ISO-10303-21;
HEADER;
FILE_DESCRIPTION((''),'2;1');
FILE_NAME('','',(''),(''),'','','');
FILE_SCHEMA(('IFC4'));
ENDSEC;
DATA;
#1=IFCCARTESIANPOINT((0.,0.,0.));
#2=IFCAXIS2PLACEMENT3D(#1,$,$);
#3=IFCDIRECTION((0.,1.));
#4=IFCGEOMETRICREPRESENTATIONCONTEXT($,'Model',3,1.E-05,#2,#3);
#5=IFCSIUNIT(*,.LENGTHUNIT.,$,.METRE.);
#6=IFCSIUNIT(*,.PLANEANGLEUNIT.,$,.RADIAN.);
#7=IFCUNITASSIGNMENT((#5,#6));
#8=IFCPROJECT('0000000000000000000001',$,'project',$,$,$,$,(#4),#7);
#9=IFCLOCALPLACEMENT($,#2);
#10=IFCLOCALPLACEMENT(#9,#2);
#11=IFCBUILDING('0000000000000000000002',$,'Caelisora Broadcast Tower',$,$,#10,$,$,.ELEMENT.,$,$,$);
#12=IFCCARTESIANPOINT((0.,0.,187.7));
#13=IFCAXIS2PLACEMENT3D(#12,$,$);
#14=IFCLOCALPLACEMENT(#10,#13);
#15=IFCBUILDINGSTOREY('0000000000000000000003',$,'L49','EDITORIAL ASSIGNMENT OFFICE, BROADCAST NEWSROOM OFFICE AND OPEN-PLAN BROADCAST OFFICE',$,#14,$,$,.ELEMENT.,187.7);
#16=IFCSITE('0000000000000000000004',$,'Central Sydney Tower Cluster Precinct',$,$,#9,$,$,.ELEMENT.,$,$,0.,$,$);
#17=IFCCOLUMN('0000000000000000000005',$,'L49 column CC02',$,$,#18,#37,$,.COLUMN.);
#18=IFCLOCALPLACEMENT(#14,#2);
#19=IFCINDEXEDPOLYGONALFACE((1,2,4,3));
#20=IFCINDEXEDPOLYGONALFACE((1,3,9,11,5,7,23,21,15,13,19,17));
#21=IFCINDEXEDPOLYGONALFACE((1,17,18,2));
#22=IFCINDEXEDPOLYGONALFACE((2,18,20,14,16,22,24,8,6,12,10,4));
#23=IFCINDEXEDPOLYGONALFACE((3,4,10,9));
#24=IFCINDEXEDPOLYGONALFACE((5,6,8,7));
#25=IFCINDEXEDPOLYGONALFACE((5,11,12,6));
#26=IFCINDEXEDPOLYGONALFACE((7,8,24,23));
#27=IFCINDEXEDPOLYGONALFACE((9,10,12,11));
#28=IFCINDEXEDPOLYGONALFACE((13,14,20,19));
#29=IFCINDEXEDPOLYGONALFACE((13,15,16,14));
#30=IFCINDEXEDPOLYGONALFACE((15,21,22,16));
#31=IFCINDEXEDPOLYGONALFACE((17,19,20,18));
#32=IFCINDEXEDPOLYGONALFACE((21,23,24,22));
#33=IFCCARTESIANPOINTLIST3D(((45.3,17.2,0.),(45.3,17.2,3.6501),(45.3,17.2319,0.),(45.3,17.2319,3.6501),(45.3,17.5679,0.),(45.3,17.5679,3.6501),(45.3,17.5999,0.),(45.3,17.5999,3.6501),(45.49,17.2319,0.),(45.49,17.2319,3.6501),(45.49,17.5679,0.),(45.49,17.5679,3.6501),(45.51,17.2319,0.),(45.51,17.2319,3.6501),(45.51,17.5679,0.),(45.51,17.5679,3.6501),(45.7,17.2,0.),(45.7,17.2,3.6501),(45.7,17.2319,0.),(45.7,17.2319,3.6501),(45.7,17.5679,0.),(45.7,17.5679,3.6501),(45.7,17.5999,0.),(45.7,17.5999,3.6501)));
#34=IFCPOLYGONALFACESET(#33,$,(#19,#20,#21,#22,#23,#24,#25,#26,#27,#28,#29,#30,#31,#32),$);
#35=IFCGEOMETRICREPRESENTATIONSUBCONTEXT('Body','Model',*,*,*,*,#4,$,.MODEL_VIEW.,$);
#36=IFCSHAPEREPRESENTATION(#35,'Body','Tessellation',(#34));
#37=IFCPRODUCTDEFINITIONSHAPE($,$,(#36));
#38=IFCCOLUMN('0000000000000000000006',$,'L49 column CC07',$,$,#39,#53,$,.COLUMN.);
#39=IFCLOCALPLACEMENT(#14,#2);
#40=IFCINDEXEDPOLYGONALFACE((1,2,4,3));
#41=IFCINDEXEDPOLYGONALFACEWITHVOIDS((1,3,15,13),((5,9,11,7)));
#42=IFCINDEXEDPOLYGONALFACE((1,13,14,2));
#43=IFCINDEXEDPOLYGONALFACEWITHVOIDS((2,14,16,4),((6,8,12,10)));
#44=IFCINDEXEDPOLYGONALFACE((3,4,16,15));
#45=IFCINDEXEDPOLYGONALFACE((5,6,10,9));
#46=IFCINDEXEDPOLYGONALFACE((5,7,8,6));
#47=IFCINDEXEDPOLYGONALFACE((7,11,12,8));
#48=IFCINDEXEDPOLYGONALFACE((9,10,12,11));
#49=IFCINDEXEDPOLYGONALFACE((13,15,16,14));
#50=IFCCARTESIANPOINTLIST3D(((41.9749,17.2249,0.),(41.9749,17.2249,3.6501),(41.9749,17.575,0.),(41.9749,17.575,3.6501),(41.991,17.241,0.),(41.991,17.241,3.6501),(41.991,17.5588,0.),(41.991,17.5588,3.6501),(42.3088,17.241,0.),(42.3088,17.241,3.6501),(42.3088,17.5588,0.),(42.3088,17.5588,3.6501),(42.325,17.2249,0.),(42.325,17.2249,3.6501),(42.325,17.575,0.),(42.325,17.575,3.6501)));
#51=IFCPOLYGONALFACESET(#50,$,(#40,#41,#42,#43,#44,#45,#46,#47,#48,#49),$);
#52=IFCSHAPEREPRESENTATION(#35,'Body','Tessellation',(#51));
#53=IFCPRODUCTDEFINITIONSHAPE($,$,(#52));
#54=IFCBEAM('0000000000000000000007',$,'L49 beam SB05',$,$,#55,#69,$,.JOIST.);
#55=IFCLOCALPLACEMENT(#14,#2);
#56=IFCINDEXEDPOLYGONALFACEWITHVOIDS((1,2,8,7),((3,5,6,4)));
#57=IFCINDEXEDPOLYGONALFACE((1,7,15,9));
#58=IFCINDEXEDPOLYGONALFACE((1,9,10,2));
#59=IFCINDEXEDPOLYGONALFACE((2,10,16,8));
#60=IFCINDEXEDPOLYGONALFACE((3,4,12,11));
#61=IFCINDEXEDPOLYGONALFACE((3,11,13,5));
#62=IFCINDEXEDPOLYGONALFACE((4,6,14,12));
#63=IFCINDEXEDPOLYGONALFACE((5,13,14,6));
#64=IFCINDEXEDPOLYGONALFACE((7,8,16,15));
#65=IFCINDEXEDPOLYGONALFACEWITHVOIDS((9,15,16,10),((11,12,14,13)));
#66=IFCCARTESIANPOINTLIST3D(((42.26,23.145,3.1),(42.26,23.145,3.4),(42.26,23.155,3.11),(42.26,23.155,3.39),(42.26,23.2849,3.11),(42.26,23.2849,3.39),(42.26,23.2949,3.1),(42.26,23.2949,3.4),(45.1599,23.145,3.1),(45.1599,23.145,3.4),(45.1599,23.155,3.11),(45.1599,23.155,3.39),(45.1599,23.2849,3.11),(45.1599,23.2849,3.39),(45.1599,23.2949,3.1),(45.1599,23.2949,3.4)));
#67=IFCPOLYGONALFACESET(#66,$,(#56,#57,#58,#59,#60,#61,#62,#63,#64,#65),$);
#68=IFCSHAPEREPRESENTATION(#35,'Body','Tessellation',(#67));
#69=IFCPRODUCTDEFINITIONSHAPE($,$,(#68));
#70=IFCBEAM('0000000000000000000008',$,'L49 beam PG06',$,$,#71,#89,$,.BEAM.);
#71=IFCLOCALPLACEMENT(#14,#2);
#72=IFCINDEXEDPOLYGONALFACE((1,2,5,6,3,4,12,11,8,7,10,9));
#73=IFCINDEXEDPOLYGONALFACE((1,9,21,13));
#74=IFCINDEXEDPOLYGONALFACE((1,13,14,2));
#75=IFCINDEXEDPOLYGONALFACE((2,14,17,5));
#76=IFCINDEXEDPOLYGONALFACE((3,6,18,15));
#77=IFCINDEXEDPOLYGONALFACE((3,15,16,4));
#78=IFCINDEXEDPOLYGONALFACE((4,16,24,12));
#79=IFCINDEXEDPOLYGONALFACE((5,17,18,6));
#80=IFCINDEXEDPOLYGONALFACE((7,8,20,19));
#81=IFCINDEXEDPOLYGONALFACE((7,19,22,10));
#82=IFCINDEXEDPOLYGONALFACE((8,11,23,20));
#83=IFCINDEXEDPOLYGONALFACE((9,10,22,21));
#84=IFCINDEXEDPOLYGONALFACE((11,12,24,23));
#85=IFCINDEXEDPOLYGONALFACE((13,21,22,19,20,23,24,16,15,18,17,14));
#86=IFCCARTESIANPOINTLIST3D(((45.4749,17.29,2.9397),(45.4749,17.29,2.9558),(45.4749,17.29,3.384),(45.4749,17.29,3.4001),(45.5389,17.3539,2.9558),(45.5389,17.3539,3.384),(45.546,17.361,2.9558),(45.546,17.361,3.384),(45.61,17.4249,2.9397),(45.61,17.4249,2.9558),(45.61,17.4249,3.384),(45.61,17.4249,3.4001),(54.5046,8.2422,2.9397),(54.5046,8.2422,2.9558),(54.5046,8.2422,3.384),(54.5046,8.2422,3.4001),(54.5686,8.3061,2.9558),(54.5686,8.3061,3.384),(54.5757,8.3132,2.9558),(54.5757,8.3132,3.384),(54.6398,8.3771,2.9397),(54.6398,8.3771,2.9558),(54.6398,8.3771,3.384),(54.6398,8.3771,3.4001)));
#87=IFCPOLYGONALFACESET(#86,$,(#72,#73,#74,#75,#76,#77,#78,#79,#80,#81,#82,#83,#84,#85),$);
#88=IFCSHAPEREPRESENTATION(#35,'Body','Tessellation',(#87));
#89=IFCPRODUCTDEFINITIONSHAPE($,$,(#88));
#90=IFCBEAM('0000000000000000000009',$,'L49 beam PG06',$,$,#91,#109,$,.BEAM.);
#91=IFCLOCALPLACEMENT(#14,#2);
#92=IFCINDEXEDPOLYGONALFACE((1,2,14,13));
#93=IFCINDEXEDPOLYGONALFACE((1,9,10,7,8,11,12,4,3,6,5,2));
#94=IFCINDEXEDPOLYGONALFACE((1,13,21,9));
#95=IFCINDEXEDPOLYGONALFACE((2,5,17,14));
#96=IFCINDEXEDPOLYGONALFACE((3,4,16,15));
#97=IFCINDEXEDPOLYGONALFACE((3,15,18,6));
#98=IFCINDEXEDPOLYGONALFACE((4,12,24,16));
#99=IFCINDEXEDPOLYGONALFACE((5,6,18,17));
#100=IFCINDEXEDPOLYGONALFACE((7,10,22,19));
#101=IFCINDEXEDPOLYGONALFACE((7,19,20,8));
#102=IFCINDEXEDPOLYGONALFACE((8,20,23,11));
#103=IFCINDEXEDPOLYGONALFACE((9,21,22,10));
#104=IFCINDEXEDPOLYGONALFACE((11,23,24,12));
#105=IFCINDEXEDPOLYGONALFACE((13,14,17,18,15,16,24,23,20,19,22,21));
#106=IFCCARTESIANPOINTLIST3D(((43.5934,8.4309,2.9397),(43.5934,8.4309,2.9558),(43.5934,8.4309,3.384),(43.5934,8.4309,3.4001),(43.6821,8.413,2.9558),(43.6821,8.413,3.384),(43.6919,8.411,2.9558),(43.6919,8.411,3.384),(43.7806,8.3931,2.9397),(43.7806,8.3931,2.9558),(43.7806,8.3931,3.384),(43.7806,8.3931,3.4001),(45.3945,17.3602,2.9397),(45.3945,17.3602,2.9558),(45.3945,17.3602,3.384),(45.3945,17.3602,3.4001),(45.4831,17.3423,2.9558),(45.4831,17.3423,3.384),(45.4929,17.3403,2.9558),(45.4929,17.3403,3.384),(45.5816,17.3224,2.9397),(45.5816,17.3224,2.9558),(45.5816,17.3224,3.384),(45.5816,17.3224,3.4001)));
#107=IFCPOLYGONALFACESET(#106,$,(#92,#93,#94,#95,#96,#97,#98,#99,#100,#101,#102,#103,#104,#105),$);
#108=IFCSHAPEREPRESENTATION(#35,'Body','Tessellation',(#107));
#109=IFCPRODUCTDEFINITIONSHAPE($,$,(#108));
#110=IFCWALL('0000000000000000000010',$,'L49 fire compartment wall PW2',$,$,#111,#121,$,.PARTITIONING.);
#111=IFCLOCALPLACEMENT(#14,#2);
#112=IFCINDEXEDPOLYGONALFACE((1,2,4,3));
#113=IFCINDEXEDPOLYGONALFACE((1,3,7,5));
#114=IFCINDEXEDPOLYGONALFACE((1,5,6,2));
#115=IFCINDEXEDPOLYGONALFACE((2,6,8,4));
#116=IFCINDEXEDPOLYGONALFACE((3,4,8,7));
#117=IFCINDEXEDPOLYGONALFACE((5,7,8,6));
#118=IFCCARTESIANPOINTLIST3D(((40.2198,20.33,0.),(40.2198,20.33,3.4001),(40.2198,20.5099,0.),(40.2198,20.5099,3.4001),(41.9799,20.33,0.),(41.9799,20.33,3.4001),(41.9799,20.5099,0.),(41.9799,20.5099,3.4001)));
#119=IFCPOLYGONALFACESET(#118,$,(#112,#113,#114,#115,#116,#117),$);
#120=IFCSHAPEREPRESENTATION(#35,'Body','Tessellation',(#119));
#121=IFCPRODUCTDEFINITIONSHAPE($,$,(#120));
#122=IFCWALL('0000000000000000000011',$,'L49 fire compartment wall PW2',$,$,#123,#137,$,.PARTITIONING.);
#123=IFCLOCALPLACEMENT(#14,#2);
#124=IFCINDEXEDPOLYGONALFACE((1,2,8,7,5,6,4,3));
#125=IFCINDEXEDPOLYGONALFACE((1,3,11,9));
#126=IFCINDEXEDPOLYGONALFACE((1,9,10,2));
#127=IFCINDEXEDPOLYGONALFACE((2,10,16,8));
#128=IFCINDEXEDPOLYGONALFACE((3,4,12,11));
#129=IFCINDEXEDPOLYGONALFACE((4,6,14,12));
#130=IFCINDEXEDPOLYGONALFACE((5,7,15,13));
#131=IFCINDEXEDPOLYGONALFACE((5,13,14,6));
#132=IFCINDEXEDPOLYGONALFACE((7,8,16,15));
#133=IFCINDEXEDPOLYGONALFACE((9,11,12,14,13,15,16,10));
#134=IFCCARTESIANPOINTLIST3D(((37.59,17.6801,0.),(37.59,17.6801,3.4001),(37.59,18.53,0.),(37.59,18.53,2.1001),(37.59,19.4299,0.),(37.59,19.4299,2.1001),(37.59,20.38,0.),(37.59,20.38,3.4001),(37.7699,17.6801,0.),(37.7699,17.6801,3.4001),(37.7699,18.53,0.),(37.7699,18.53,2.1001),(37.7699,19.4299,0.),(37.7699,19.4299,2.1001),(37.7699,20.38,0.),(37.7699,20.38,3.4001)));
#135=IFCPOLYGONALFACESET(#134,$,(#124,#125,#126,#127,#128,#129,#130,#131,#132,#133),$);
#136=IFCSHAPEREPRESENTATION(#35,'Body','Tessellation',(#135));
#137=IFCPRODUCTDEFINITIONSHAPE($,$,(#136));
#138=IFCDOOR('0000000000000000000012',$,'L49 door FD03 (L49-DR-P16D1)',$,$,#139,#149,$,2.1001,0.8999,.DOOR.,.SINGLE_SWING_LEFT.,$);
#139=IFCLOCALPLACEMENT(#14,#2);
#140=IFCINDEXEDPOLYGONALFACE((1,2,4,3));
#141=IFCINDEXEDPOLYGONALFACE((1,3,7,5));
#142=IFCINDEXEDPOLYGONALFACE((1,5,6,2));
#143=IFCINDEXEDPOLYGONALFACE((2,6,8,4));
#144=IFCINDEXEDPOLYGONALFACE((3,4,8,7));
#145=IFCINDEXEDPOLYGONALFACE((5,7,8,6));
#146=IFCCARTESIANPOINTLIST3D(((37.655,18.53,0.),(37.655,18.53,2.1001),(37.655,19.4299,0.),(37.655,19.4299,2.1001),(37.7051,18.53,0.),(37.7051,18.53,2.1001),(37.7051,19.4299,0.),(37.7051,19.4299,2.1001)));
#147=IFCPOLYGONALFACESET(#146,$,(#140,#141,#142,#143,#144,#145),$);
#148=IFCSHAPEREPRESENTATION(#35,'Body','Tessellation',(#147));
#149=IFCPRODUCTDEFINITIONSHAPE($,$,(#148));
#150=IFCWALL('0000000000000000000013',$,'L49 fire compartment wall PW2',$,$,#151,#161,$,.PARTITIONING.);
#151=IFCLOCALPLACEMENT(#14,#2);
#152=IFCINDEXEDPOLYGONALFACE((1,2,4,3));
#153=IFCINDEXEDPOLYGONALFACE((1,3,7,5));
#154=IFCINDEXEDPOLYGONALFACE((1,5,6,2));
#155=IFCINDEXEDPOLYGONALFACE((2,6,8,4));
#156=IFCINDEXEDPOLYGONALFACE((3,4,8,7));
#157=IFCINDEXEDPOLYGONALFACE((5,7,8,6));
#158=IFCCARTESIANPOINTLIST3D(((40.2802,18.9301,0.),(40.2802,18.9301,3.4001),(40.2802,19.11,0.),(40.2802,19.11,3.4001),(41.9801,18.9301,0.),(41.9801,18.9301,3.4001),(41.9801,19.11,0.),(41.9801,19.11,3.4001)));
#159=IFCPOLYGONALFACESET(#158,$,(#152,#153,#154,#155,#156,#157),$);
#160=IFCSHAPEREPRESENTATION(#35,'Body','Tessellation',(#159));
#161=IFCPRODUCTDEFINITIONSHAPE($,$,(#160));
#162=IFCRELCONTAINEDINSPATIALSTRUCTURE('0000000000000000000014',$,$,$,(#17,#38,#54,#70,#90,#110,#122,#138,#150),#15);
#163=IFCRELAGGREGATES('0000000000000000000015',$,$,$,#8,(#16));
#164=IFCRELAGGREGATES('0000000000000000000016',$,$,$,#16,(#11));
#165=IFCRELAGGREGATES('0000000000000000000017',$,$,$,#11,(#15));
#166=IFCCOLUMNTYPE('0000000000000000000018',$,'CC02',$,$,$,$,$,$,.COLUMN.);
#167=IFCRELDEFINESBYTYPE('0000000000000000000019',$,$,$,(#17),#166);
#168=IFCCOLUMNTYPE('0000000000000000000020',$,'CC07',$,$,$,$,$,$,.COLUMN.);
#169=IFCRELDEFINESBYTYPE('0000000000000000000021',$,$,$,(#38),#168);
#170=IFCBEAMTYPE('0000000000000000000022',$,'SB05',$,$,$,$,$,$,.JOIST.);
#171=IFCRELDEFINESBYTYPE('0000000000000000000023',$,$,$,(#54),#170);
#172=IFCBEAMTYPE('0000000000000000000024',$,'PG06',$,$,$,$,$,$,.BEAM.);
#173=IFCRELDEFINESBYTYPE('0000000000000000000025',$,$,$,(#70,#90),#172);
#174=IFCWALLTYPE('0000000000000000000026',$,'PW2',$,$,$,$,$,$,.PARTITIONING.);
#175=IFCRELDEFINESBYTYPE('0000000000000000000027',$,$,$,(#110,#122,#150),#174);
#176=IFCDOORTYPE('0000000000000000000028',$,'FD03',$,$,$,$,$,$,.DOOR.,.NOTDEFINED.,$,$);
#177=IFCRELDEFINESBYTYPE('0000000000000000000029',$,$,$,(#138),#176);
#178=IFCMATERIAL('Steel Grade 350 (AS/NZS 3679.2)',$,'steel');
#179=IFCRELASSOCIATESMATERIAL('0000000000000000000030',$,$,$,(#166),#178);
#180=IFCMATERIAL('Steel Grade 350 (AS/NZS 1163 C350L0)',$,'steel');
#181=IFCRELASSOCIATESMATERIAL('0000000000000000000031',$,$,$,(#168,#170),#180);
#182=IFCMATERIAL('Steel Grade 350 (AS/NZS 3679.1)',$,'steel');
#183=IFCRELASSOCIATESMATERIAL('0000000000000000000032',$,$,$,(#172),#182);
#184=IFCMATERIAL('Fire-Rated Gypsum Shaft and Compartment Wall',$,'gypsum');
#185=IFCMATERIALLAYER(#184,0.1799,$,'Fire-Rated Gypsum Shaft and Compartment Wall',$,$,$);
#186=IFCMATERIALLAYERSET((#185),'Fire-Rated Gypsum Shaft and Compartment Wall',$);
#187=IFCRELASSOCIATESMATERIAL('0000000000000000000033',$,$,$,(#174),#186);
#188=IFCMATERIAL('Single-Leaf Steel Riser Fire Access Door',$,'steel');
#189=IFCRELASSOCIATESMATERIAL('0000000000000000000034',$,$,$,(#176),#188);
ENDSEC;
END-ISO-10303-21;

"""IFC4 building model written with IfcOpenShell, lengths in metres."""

from ifc_helpers import new_model, si_unit, direction, frame, frame_2d, origin, origin_2d, place, context, subcontext, project, spatial, rectangle, hollow_rectangle, i_section, extrude, source, transform, mapped, material, layer, layer_set, material_profile, profile_set, type_object, type_shapes, element, fill, save


model = new_model("IFC4")

# Units and contexts
model_context = context("Model", 3, precision=1e-05, world=origin(), true_north=direction((0.0, 1.0)))
body_context = subcontext(model_context, "Body", "Model", "MODEL_VIEW")
ifc_project = project(units=[si_unit("LENGTHUNIT", "METRE"), si_unit("PLANEANGLEUNIT", "RADIAN")], contexts=[model_context])

# Site, building, storey
site_placement = place(None, origin())
site = spatial("IfcSite", under=ifc_project, at=site_placement, Name="Central Sydney Tower Cluster Precinct", CompositionType="ELEMENT", RefElevation=0.0)
building_placement = place(site_placement, origin())
building = spatial("IfcBuilding", under=site, at=building_placement, Name="Caelisora Broadcast Tower", CompositionType="ELEMENT")
storey_placement = place(building_placement, frame((0.0, 0.0, 187.7)))
storey = spatial("IfcBuildingStorey", under=building, at=storey_placement, Name="L49", Description="EDITORIAL ASSIGNMENT OFFICE, BROADCAST NEWSROOM OFFICE AND OPEN-PLAN BROADCAST OFFICE", CompositionType="ELEMENT", Elevation=187.7)

# Columns
ifc_material_1 = material(Name="Steel Grade 350 (AS/NZS 3679.2)", Category="steel")
ifc_material_profile_1 = material_profile(ifc_material_1, i_section(OverallWidth=0.3999, OverallDepth=0.3999, WebThickness=0.02, FlangeThickness=0.032, at=origin_2d()), Name="Steel Grade 350 (AS/NZS 3679.2)")
ifc_profile_set_1 = profile_set([ifc_material_profile_1], Name="Steel Grade 350 (AS/NZS 3679.2)")
column_type_1 = type_object("IfcColumnType", Name="CC02", PredefinedType="COLUMN", material=ifc_profile_set_1)
shared_shape_1 = source(origin(), body_context, "Body", "SweptSolid", [
    extrude(i_section(OverallWidth=0.3999, OverallDepth=0.3999, WebThickness=0.02, FlangeThickness=0.032, at=origin_2d()), origin(), (0.0, 0.0, 1.0), 3.6501),
])
type_shapes(column_type_1, [shared_shape_1])
column_1_placement = place(storey_placement, frame((45.5, 17.3999, 0.0), z_axis=(0.0, 0.0, 1.0), x_axis=(1.0, 0.0, 0.0)))
element("IfcColumn", 1, at=column_1_placement, inside=storey, type_object=column_type_1, Name="L49 column CC02", PredefinedType="COLUMN", context=body_context, shape_type="MappedRepresentation", body=[
    mapped(shared_shape_1, transform((0.0, 0.0, 0.0), scale=1.0)),
])
ifc_material_2 = material(Name="Steel Grade 350 (AS/NZS 1163 C350L0)", Category="steel")
ifc_material_profile_2 = material_profile(ifc_material_2, hollow_rectangle(XDim=0.3501, YDim=0.3501, WallThickness=0.0161, at=origin_2d()), Name="Steel Grade 350 (AS/NZS 1163 C350L0)")
ifc_profile_set_2 = profile_set([ifc_material_profile_2], Name="Steel Grade 350 (AS/NZS 1163 C350L0)")
column_type_2 = type_object("IfcColumnType", Name="CC07", PredefinedType="COLUMN", material=ifc_profile_set_2)
shared_shape_2 = source(origin(), body_context, "Body", "SweptSolid", [
    extrude(hollow_rectangle(XDim=0.3501, YDim=0.3501, WallThickness=0.0161, at=origin_2d()), origin(), (0.0, 0.0, 1.0), 3.6501),
])
type_shapes(column_type_2, [shared_shape_2])
column_2_placement = place(storey_placement, frame((42.1499, 17.3999, 0.0), z_axis=(0.0, 0.0, 1.0), x_axis=(1.0, 0.0, 0.0)))
element("IfcColumn", 2, at=column_2_placement, inside=storey, type_object=column_type_2, Name="L49 column CC07", PredefinedType="COLUMN", context=body_context, shape_type="MappedRepresentation", body=[
    mapped(shared_shape_2, transform((0.0, 0.0, 0.0), scale=1.0)),
])

# Beams
ifc_material_profile_3 = material_profile(ifc_material_2, hollow_rectangle(XDim=0.1499, YDim=0.3, WallThickness=0.01, at=origin_2d()), Name="Steel Grade 350 (AS/NZS 1163 C350L0)")
ifc_profile_set_3 = profile_set([ifc_material_profile_3], Name="Steel Grade 350 (AS/NZS 1163 C350L0)")
beam_type_1 = type_object("IfcBeamType", Name="SB05", PredefinedType="JOIST", material=ifc_profile_set_3)
shared_shape_3 = source(origin(), body_context, "Body", "SweptSolid", [
    extrude(hollow_rectangle(XDim=0.1499, YDim=0.3, WallThickness=0.01, at=origin_2d()), origin(), (0.0, 0.0, 1.0), 2.8999),
])
type_shapes(beam_type_1, [shared_shape_3])
beam_1_placement = place(storey_placement, frame((42.26, 23.22, 3.25), z_axis=(1.0, 0.0, 0.0), x_axis=(0.0, 1.0, 0.0)))
element("IfcBeam", 3, at=beam_1_placement, inside=storey, type_object=beam_type_1, Name="L49 beam SB05", PredefinedType="JOIST", context=body_context, shape_type="MappedRepresentation", body=[
    mapped(shared_shape_3, transform((0.0, 0.0, 0.0), scale=1.0)),
])
ifc_material_3 = material(Name="Steel Grade 350 (AS/NZS 3679.1)", Category="steel")
ifc_material_profile_4 = material_profile(ifc_material_3, i_section(OverallWidth=0.1909, OverallDepth=0.4604, WebThickness=0.01, FlangeThickness=0.0161, at=origin_2d()), Name="Steel Grade 350 (AS/NZS 3679.1)")
ifc_profile_set_4 = profile_set([ifc_material_profile_4], Name="Steel Grade 350 (AS/NZS 3679.1)")
beam_type_2 = type_object("IfcBeamType", Name="PG06", PredefinedType="BEAM", material=ifc_profile_set_4)
shared_shape_4 = source(origin(), body_context, "Body", "SweptSolid", [
    extrude(i_section(OverallWidth=0.1909, OverallDepth=0.4604, WebThickness=0.01, FlangeThickness=0.0161, at=origin_2d()), origin(), (0.0, 0.0, 1.0), 12.7827),
])
beam_2_placement = place(storey_placement, frame((45.5425, 17.3574, 3.1699), z_axis=(0.7064, -0.707813, 0.0), x_axis=(0.707813, 0.7064, 0.0)))
element("IfcBeam", 4, at=beam_2_placement, inside=storey, type_object=beam_type_2, Name="L49 beam PG06", PredefinedType="BEAM", context=body_context, shape_type="MappedRepresentation", body=[
    mapped(shared_shape_4, transform((0.0, 0.0, 0.0), scale=1.0)),
])
shared_shape_5 = source(origin(), body_context, "Body", "SweptSolid", [
    extrude(i_section(OverallWidth=0.1909, OverallDepth=0.4604, WebThickness=0.01, FlangeThickness=0.0161, at=origin_2d()), origin(), (0.0, 0.0, 1.0), 9.1091),
])
type_shapes(beam_type_2, [shared_shape_4, shared_shape_5])
beam_3_placement = place(storey_placement, frame((45.488, 17.3413, 3.1699), z_axis=(-0.197719, -0.980259, 0.0), x_axis=(0.980259, -0.197719, 0.0)))
element("IfcBeam", 5, at=beam_3_placement, inside=storey, type_object=beam_type_2, Name="L49 beam PG06", PredefinedType="BEAM", context=body_context, shape_type="MappedRepresentation", body=[
    mapped(shared_shape_5, transform((0.0, 0.0, 0.0), scale=1.0)),
])

# Wall
ifc_material_4 = material(Name="Fire-Rated Gypsum Shaft and Compartment Wall", Category="gypsum")
ifc_layer_1 = layer(ifc_material_4, 0.1799, Name="Fire-Rated Gypsum Shaft and Compartment Wall")
ifc_layer_set_1 = layer_set([ifc_layer_1], Name="Fire-Rated Gypsum Shaft and Compartment Wall")
wall_type_1 = type_object("IfcWallType", Name="PW2", PredefinedType="PARTITIONING", material=ifc_layer_set_1)
wall_1_placement = place(storey_placement, frame((40.22, 20.4199, 0.0), z_axis=(0.0, 0.0, 1.0), x_axis=(1.0, 0.0, 0.0)))
element("IfcWall", 6, at=wall_1_placement, inside=storey, type_object=wall_type_1, Name="L49 fire compartment wall PW2", PredefinedType="PARTITIONING", context=body_context, shape_type="SweptSolid", body=[
    extrude(rectangle(XDim=1.76, YDim=0.1799, at=frame_2d((0.8799, 0.0))), origin(), (0.0, 0.0, 1.0), 3.4001),
])

# Wall, opening, door
wall_2_placement = place(storey_placement, frame((37.6799, 17.6799, 0.0), z_axis=(0.0, 0.0, 1.0), x_axis=(0.0, 1.0, 0.0)))
wall_2 = element("IfcWall", 7, at=wall_2_placement, inside=storey, type_object=wall_type_1, Name="L49 fire compartment wall PW2", PredefinedType="PARTITIONING", context=body_context, shape_type="SweptSolid", body=[
    extrude(rectangle(XDim=2.7, YDim=0.1799, at=frame_2d((1.3501, 0.0))), origin(), (0.0, 0.0, 1.0), 3.4001),
])
opening_1_placement = place(wall_2_placement, frame((0.8501, 0.0, 0.0)))
opening_1 = element("IfcOpeningElement", 8, at=opening_1_placement, cuts=wall_2, PredefinedType="OPENING", context=body_context, shape_type="SweptSolid", body=[
    extrude(rectangle(XDim=0.8999, YDim=2.1001, at=frame_2d((0.45, 1.05))), frame((0.0, 0.1021, 0.0), z_axis=(0.0, -1.0, 0.0), x_axis=(1.0, 0.0, 0.0)), (0.0, 0.0, 1.0), 0.2039),
])
ifc_material_5 = material(Name="Single-Leaf Steel Riser Fire Access Door", Category="steel")
door_type = type_object("IfcDoorType", Name="FD03", OperationType="NOTDEFINED", PredefinedType="DOOR", material=ifc_material_5)
door_1_placement = place(opening_1_placement, origin())
door_1 = element("IfcDoor", 9, at=door_1_placement, inside=storey, type_object=door_type, Name="L49 door FD03 (L49-DR-P16D1)", OperationType="SINGLE_SWING_LEFT", OverallHeight=2.1001, OverallWidth=0.8999, PredefinedType="DOOR", context=body_context, shape_type="SweptSolid", body=[
    extrude(rectangle(XDim=0.8999, YDim=2.1001, at=frame_2d((0.45, 1.05))), frame((0.0, 0.0249, 0.0), z_axis=(0.0, -1.0, 0.0), x_axis=(1.0, 0.0, 0.0)), (0.0, 0.0, 1.0), 0.05),
])
fill(opening_1, door_1)

# Wall
wall_3_placement = place(storey_placement, frame((40.28, 19.02, 0.0), z_axis=(0.0, 0.0, 1.0), x_axis=(1.0, 0.0, 0.0)))
element("IfcWall", 10, at=wall_3_placement, inside=storey, type_object=wall_type_1, Name="L49 fire compartment wall PW2", PredefinedType="PARTITIONING", context=body_context, shape_type="SweptSolid", body=[
    extrude(rectangle(XDim=1.7, YDim=0.1799, at=frame_2d((0.8501, 0.0))), origin(), (0.0, 0.0, 1.0), 3.4001),
])

save(model, "model.ifc")
